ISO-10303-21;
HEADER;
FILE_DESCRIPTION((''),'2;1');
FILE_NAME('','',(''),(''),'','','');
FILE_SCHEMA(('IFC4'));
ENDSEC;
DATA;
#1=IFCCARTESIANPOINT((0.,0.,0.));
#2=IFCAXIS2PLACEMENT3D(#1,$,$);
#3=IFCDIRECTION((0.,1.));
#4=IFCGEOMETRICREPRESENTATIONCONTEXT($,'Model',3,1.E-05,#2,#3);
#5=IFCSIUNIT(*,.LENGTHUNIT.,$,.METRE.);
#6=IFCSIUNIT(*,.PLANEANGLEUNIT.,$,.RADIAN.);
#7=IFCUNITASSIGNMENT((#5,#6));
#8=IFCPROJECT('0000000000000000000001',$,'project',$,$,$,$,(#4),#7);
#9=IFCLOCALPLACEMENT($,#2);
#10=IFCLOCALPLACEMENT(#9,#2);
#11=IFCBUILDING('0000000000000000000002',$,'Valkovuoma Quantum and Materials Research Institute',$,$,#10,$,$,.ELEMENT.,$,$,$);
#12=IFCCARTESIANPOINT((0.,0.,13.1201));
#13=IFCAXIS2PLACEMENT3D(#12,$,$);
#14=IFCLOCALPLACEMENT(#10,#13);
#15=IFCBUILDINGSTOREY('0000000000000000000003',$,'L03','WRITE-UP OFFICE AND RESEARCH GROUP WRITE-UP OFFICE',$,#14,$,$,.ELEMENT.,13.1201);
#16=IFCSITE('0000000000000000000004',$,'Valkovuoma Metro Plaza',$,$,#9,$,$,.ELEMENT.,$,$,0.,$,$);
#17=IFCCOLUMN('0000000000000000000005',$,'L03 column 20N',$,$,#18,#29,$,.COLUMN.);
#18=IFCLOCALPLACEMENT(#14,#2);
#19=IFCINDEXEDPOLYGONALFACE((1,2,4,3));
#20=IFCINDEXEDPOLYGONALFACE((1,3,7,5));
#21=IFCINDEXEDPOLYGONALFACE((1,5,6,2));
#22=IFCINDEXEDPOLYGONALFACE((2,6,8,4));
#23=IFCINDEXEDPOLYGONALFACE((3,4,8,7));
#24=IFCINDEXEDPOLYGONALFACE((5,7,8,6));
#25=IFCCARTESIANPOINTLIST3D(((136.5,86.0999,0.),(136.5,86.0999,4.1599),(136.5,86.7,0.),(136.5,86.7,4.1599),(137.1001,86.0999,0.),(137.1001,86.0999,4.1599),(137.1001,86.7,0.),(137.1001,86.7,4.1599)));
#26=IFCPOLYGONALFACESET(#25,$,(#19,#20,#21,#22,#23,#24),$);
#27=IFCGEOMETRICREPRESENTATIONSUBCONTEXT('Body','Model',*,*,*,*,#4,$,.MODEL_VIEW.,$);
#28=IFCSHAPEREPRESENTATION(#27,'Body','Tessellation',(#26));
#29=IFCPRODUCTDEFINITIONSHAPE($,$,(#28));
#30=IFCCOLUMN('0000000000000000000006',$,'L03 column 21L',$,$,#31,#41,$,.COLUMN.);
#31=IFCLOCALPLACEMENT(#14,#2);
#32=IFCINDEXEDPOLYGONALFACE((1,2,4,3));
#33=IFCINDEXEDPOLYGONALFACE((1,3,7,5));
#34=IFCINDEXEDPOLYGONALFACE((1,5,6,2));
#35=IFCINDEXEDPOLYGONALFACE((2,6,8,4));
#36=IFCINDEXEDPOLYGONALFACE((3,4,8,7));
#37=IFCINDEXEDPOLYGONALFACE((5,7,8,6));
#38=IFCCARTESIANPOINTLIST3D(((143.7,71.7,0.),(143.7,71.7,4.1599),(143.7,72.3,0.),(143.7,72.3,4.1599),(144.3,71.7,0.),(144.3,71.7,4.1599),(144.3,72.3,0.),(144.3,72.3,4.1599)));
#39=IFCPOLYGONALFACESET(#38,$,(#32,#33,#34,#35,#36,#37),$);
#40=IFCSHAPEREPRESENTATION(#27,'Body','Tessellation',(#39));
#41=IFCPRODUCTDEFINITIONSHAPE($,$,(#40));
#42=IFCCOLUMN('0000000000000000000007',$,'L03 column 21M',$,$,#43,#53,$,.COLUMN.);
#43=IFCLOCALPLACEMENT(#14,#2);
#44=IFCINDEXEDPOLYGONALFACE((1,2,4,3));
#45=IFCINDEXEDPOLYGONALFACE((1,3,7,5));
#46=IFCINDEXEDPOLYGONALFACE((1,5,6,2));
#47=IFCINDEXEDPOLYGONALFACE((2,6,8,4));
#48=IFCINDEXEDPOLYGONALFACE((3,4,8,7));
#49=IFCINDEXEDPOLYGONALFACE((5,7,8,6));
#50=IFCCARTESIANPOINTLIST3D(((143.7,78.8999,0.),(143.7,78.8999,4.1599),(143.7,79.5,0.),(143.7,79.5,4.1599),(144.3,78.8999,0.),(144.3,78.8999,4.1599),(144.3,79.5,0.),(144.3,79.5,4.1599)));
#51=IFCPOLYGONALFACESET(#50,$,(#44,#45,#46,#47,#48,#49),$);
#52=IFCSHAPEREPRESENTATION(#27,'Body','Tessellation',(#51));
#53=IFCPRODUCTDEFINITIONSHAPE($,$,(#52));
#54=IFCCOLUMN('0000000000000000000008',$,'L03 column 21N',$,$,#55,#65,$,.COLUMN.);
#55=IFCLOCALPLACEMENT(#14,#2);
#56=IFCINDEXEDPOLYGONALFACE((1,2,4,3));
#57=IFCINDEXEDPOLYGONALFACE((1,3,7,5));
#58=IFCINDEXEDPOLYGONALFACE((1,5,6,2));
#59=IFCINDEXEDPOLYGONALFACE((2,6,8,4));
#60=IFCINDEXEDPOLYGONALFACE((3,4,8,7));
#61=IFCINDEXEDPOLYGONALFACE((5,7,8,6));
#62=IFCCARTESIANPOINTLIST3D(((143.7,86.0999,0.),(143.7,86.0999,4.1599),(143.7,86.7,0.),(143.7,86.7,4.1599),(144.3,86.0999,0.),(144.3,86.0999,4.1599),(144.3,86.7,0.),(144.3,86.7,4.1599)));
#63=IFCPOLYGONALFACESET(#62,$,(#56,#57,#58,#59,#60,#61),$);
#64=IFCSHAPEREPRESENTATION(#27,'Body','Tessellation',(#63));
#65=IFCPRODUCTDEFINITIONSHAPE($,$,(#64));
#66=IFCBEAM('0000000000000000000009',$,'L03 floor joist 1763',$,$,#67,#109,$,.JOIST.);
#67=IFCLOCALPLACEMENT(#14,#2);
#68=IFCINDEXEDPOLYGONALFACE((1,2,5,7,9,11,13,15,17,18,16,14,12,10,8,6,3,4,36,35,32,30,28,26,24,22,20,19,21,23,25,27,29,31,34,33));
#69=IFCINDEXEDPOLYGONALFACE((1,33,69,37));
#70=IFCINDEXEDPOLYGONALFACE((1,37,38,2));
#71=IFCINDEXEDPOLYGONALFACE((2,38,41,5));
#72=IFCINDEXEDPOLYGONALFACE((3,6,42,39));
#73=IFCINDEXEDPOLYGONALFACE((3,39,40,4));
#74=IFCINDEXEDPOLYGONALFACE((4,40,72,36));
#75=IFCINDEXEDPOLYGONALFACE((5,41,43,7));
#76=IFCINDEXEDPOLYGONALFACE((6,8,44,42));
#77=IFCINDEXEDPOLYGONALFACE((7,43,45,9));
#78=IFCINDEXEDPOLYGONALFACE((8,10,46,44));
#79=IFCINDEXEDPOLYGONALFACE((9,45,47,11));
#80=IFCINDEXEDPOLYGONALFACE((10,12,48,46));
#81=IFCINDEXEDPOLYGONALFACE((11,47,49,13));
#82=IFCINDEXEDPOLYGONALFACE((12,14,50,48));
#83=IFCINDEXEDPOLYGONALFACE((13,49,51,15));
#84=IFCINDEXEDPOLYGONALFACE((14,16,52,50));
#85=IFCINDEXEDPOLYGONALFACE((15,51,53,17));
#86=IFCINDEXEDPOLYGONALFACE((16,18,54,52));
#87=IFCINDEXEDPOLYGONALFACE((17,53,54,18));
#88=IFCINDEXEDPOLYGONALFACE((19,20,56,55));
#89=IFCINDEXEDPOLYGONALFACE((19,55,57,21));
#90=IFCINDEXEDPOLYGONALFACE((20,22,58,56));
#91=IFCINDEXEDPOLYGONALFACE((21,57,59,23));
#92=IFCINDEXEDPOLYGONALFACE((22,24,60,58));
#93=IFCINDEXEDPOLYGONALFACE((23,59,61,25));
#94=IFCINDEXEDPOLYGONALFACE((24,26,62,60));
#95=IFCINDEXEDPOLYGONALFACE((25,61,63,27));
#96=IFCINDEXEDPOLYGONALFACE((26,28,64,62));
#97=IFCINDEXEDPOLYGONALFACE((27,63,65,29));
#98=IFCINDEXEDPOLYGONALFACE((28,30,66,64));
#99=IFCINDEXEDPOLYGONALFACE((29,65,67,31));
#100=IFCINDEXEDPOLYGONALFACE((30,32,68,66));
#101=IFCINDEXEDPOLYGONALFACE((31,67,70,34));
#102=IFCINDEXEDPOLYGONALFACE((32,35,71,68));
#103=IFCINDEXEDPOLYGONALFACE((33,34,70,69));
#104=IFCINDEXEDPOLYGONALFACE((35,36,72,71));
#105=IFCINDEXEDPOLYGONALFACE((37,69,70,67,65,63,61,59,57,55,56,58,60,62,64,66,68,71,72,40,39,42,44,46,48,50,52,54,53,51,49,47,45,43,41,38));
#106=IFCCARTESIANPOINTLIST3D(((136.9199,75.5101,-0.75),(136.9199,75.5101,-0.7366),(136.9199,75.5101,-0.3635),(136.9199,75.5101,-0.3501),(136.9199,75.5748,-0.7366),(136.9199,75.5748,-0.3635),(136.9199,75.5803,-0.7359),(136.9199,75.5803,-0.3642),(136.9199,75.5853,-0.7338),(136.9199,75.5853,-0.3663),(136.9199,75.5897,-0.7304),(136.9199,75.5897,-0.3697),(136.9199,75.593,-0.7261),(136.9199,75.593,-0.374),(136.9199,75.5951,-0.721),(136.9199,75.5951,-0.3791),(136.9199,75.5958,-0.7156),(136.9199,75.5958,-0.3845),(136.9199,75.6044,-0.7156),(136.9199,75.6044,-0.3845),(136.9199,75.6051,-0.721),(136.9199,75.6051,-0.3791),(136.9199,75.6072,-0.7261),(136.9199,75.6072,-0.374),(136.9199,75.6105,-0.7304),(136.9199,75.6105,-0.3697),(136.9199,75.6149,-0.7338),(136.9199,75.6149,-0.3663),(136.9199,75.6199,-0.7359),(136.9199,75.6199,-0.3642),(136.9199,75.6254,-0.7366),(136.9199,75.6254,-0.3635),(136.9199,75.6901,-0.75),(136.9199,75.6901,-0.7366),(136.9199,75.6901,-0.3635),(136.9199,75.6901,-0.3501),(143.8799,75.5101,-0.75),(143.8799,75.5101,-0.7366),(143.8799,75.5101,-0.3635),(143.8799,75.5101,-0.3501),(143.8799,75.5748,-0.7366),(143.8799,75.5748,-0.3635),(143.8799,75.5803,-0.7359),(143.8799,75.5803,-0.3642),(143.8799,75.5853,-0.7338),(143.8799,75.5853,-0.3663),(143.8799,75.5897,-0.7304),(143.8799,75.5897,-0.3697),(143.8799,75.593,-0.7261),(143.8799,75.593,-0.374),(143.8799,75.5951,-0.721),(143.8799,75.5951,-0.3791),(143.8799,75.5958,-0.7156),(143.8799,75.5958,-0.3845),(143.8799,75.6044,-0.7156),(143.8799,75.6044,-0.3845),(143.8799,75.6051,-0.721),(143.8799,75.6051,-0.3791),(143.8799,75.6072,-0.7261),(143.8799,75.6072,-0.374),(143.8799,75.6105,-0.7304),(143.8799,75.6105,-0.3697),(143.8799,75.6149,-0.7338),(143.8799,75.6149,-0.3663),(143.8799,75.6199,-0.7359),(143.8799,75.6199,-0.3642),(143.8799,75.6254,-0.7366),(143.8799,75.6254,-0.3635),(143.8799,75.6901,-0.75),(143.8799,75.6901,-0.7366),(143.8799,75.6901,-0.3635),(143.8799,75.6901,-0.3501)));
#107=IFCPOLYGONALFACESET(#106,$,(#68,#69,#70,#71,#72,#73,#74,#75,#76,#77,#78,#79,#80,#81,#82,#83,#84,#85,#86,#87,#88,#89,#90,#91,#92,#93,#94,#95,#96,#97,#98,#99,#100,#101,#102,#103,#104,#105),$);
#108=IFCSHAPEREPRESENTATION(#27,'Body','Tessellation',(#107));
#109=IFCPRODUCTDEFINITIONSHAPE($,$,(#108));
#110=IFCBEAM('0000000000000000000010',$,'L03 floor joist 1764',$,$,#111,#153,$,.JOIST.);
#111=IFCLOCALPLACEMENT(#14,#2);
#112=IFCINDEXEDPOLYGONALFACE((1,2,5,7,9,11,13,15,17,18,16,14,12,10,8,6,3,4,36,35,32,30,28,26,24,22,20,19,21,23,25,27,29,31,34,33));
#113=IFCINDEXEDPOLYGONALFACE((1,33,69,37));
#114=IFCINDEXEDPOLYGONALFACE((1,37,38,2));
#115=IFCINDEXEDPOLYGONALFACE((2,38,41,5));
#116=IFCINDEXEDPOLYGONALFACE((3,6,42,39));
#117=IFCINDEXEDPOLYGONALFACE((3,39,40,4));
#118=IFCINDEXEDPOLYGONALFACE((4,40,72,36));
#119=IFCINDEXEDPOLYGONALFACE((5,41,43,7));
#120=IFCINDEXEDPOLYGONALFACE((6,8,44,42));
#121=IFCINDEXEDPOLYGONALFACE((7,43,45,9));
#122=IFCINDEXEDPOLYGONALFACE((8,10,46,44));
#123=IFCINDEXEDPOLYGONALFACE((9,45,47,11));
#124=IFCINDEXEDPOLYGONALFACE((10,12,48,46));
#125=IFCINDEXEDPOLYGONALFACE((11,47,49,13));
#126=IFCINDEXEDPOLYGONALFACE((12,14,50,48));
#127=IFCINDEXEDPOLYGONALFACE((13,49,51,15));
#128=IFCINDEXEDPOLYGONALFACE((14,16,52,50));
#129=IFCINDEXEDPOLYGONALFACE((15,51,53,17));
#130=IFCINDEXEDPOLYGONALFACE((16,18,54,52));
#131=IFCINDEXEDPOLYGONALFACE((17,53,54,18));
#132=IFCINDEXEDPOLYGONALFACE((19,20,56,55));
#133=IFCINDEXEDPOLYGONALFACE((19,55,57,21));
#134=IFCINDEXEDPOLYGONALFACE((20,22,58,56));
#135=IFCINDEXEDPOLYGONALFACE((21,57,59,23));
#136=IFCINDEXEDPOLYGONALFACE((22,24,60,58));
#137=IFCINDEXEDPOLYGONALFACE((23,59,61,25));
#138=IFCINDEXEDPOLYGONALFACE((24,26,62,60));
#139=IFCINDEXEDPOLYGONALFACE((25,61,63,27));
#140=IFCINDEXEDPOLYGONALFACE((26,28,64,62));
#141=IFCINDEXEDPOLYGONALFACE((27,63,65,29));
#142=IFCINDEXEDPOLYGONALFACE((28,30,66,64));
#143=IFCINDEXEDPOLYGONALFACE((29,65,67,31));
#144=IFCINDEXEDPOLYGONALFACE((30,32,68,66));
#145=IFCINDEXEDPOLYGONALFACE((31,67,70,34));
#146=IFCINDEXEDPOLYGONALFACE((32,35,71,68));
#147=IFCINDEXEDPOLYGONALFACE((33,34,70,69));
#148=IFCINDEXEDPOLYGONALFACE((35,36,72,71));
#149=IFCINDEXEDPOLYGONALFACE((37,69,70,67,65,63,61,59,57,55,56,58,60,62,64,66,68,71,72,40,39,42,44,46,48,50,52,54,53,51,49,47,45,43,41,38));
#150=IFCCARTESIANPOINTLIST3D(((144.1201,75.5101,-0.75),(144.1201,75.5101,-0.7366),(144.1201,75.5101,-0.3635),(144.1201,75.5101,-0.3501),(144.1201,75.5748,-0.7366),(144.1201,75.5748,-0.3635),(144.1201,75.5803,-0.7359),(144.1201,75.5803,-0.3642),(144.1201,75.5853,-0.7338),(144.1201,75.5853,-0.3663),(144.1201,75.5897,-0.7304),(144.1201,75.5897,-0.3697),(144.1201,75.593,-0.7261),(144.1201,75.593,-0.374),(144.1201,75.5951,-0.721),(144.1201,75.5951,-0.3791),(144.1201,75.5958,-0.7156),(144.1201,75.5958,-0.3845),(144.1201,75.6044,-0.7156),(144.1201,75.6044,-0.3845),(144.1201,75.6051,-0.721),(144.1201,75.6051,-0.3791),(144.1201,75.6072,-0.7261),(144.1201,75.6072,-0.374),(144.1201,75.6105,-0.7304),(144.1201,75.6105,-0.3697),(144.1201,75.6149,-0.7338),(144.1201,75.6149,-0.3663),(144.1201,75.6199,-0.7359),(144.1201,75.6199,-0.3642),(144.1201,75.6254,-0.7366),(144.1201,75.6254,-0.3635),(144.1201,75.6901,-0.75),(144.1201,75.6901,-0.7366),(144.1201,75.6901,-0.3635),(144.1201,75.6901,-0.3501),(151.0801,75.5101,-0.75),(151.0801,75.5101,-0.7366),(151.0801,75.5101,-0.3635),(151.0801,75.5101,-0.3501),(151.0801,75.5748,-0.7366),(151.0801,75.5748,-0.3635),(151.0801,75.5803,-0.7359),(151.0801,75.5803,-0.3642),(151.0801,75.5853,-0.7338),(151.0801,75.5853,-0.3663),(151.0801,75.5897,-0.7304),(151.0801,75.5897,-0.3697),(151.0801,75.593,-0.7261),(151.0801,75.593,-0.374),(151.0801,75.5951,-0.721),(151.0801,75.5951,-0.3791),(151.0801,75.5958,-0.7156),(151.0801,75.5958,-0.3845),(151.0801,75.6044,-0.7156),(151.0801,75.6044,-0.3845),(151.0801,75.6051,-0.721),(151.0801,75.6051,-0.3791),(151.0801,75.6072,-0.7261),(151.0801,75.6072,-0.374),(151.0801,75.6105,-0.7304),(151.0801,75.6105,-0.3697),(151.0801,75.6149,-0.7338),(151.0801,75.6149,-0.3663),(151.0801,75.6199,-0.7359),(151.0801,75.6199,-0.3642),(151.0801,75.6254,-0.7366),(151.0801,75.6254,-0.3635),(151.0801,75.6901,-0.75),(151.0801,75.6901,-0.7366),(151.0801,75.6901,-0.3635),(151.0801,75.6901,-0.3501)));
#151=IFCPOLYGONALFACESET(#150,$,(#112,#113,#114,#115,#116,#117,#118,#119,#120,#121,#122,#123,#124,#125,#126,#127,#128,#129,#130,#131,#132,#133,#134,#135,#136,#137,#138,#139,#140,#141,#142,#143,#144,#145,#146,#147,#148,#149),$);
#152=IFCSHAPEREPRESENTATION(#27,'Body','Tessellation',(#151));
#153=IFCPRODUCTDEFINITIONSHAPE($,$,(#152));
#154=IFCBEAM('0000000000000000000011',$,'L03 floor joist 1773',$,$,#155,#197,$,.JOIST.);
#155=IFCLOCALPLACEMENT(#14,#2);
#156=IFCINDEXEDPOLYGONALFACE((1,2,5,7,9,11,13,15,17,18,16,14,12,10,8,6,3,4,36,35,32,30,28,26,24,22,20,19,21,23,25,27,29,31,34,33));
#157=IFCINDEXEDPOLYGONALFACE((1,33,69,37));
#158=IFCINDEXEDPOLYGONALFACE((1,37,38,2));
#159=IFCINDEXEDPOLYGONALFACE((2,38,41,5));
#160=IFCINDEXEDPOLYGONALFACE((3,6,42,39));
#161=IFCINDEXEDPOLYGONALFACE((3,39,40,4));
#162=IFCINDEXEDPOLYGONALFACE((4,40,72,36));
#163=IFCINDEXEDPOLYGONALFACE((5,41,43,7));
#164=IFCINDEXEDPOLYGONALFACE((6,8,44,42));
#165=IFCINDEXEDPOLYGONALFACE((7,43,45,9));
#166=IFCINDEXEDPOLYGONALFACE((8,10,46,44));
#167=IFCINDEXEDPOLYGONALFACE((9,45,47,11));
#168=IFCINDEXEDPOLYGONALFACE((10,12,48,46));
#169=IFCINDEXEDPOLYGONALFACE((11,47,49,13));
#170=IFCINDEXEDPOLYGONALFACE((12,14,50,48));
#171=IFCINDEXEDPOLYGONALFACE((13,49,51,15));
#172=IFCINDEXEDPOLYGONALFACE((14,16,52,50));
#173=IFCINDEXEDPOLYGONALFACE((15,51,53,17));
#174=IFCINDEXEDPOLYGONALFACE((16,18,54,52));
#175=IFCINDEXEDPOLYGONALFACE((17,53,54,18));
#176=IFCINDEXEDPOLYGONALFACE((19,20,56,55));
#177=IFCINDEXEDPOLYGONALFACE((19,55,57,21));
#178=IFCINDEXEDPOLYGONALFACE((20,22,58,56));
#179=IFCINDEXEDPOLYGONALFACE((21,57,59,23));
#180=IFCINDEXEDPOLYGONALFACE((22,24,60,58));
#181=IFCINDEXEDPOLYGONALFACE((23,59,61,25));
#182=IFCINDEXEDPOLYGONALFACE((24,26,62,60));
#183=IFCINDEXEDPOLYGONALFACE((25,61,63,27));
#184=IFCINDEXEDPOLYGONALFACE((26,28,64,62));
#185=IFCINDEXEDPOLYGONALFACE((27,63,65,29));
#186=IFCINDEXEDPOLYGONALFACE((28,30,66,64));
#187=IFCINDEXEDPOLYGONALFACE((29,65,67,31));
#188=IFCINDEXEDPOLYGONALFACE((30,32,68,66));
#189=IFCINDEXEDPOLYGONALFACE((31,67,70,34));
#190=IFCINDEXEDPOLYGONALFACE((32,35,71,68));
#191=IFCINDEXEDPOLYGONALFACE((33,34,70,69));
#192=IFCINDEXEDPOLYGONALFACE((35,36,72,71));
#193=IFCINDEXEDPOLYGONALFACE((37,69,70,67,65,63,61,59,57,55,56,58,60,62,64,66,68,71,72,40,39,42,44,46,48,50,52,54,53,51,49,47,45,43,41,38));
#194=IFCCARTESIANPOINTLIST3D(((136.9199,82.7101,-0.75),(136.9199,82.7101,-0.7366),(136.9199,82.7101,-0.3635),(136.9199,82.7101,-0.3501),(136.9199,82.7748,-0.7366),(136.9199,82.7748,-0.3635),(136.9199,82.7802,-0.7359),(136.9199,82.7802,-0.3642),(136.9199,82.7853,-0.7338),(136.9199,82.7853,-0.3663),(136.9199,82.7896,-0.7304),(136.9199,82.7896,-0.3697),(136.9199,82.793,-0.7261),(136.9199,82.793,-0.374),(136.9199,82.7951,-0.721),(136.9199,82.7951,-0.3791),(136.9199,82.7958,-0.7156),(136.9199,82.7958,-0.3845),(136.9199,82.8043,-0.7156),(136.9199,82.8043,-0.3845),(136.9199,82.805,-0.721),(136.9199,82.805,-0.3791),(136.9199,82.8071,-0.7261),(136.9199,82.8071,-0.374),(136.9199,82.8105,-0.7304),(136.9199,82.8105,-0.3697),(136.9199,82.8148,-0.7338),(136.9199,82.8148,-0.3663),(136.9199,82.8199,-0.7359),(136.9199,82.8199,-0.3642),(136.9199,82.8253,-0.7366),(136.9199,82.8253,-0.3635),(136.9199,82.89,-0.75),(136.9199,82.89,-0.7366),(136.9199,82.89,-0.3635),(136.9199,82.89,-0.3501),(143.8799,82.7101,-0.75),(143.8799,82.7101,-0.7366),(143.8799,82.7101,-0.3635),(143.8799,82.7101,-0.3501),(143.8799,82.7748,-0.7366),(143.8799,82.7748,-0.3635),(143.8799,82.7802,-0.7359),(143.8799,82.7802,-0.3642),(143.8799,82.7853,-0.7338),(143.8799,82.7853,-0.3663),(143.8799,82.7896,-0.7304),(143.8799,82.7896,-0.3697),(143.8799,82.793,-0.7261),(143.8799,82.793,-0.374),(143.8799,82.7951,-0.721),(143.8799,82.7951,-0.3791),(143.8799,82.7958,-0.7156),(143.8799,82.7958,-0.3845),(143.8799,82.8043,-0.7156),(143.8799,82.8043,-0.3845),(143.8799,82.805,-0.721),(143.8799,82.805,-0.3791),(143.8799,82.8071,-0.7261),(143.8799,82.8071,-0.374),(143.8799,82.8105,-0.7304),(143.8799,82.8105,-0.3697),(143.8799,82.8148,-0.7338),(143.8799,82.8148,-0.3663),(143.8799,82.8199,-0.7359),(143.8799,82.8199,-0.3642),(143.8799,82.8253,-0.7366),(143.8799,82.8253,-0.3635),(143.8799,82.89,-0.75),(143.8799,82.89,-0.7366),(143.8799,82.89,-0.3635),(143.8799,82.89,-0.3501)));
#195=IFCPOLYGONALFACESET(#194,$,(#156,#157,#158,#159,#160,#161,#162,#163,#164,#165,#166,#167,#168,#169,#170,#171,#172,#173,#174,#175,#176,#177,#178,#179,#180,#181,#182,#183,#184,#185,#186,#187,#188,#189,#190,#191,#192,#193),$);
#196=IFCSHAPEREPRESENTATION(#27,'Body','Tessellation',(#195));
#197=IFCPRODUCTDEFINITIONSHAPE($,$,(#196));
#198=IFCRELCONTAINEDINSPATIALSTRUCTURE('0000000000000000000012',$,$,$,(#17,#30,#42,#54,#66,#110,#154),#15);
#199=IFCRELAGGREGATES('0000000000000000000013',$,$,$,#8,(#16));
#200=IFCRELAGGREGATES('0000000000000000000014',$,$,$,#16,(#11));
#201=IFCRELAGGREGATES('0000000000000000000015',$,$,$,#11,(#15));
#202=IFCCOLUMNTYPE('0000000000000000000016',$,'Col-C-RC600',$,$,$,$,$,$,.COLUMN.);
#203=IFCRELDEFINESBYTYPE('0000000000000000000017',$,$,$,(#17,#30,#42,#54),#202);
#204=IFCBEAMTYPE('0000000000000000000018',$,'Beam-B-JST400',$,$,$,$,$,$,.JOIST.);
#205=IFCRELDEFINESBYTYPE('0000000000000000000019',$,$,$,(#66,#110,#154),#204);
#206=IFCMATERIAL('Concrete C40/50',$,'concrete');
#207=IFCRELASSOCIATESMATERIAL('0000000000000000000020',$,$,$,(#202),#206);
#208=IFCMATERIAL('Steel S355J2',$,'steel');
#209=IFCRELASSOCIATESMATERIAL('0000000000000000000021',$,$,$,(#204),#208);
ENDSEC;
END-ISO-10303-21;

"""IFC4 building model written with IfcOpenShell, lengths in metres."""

from ifc_helpers import new_model, si_unit, direction, frame, origin, origin_2d, place, context, subcontext, project, spatial, rectangle, i_section, extrude, material, material_profile, profile_set, type_object, element, save


model = new_model("IFC4")

# Units and contexts
model_context = context("Model", 3, precision=1e-05, world=origin(), true_north=direction((0.0, 1.0)))
body_context = subcontext(model_context, "Body", "Model", "MODEL_VIEW")
ifc_project = project(units=[si_unit("LENGTHUNIT", "METRE"), si_unit("PLANEANGLEUNIT", "RADIAN")], contexts=[model_context])

# Site, building, storey
site_placement = place(None, origin())
site = spatial("IfcSite", under=ifc_project, at=site_placement, Name="Valkovuoma Metro Plaza", CompositionType="ELEMENT", RefElevation=0.0)
building_placement = place(site_placement, origin())
building = spatial("IfcBuilding", under=site, at=building_placement, Name="Valkovuoma Quantum and Materials Research Institute", CompositionType="ELEMENT")
storey_placement = place(building_placement, frame((0.0, 0.0, 13.1201)))
storey = spatial("IfcBuildingStorey", under=building, at=storey_placement, Name="L03", Description="WRITE-UP OFFICE AND RESEARCH GROUP WRITE-UP OFFICE", CompositionType="ELEMENT", Elevation=13.1201)

# Columns
ifc_material_1 = material(Name="Concrete C40/50", Category="concrete")
ifc_material_profile_1 = material_profile(ifc_material_1, rectangle(XDim=0.6001, YDim=0.6001, at=origin_2d()), Name="Concrete C40/50")
ifc_profile_set_1 = profile_set([ifc_material_profile_1], Name="Concrete C40/50")
column_type = type_object("IfcColumnType", Name="Col-C-RC600", PredefinedType="COLUMN", material=ifc_profile_set_1)
for number, where, z_axis, x_axis, name in (
    (1, (136.8, 86.3999, 0.0), (0.0, 0.0, 1.0), (1.0, 0.0, 0.0), "L03 column 20N"),
    (2, (144.0, 72.0, 0.0), (0.0, 0.0, 1.0), (1.0, 0.0, 0.0), "L03 column 21L"),
    (3, (144.0, 79.2, 0.0), (0.0, 0.0, 1.0), (1.0, 0.0, 0.0), "L03 column 21M"),
    (4, (144.0, 86.3999, 0.0), (0.0, 0.0, 1.0), (1.0, 0.0, 0.0), "L03 column 21N"),
):
    element("IfcColumn", number, at=place(storey_placement, frame(where, z_axis=z_axis, x_axis=x_axis)), inside=storey, type_object=column_type, Name=name, PredefinedType="COLUMN", context=body_context, shape_type="SweptSolid", body=[
        extrude(rectangle(XDim=0.6001, YDim=0.6001, at=origin_2d()), origin(), (0.0, 0.0, 1.0), 4.1599),
    ])

# Beams
ifc_material_2 = material(Name="Steel S355J2", Category="steel")
ifc_material_profile_2 = material_profile(ifc_material_2, i_section(OverallWidth=0.1799, OverallDepth=0.3999, WebThickness=0.0085, FlangeThickness=0.0134, FilletRadius=0.021, at=origin_2d()), Name="Steel S355J2")
ifc_profile_set_2 = profile_set([ifc_material_profile_2], Name="Steel S355J2")
beam_type_1 = type_object("IfcBeamType", Name="Beam-B-JST400", PredefinedType="JOIST", material=ifc_profile_set_2)
for number, where, z_axis, x_axis, name in (
    (5, (136.9199, 75.6001, -0.55), (1.0, 0.0, 0.0), (0.0, 1.0, 0.0), "L03 floor joist 1763"),
    (6, (144.1201, 75.6001, -0.55), (1.0, 0.0, 0.0), (0.0, 1.0, 0.0), "L03 floor joist 1764"),
    (7, (136.9199, 82.8, -0.55), (1.0, 0.0, 0.0), (0.0, 1.0, 0.0), "L03 floor joist 1773"),
):
    element("IfcBeam", number, at=place(storey_placement, frame(where, z_axis=z_axis, x_axis=x_axis)), inside=storey, type_object=beam_type_1, Name=name, PredefinedType="JOIST", context=body_context, shape_type="SweptSolid", body=[
        extrude(i_section(OverallWidth=0.1799, OverallDepth=0.3999, WebThickness=0.0085, FlangeThickness=0.0134, FilletRadius=0.021, at=origin_2d()), origin(), (0.0, 0.0, 1.0), 6.96),
    ])

save(model, "model.ifc")
